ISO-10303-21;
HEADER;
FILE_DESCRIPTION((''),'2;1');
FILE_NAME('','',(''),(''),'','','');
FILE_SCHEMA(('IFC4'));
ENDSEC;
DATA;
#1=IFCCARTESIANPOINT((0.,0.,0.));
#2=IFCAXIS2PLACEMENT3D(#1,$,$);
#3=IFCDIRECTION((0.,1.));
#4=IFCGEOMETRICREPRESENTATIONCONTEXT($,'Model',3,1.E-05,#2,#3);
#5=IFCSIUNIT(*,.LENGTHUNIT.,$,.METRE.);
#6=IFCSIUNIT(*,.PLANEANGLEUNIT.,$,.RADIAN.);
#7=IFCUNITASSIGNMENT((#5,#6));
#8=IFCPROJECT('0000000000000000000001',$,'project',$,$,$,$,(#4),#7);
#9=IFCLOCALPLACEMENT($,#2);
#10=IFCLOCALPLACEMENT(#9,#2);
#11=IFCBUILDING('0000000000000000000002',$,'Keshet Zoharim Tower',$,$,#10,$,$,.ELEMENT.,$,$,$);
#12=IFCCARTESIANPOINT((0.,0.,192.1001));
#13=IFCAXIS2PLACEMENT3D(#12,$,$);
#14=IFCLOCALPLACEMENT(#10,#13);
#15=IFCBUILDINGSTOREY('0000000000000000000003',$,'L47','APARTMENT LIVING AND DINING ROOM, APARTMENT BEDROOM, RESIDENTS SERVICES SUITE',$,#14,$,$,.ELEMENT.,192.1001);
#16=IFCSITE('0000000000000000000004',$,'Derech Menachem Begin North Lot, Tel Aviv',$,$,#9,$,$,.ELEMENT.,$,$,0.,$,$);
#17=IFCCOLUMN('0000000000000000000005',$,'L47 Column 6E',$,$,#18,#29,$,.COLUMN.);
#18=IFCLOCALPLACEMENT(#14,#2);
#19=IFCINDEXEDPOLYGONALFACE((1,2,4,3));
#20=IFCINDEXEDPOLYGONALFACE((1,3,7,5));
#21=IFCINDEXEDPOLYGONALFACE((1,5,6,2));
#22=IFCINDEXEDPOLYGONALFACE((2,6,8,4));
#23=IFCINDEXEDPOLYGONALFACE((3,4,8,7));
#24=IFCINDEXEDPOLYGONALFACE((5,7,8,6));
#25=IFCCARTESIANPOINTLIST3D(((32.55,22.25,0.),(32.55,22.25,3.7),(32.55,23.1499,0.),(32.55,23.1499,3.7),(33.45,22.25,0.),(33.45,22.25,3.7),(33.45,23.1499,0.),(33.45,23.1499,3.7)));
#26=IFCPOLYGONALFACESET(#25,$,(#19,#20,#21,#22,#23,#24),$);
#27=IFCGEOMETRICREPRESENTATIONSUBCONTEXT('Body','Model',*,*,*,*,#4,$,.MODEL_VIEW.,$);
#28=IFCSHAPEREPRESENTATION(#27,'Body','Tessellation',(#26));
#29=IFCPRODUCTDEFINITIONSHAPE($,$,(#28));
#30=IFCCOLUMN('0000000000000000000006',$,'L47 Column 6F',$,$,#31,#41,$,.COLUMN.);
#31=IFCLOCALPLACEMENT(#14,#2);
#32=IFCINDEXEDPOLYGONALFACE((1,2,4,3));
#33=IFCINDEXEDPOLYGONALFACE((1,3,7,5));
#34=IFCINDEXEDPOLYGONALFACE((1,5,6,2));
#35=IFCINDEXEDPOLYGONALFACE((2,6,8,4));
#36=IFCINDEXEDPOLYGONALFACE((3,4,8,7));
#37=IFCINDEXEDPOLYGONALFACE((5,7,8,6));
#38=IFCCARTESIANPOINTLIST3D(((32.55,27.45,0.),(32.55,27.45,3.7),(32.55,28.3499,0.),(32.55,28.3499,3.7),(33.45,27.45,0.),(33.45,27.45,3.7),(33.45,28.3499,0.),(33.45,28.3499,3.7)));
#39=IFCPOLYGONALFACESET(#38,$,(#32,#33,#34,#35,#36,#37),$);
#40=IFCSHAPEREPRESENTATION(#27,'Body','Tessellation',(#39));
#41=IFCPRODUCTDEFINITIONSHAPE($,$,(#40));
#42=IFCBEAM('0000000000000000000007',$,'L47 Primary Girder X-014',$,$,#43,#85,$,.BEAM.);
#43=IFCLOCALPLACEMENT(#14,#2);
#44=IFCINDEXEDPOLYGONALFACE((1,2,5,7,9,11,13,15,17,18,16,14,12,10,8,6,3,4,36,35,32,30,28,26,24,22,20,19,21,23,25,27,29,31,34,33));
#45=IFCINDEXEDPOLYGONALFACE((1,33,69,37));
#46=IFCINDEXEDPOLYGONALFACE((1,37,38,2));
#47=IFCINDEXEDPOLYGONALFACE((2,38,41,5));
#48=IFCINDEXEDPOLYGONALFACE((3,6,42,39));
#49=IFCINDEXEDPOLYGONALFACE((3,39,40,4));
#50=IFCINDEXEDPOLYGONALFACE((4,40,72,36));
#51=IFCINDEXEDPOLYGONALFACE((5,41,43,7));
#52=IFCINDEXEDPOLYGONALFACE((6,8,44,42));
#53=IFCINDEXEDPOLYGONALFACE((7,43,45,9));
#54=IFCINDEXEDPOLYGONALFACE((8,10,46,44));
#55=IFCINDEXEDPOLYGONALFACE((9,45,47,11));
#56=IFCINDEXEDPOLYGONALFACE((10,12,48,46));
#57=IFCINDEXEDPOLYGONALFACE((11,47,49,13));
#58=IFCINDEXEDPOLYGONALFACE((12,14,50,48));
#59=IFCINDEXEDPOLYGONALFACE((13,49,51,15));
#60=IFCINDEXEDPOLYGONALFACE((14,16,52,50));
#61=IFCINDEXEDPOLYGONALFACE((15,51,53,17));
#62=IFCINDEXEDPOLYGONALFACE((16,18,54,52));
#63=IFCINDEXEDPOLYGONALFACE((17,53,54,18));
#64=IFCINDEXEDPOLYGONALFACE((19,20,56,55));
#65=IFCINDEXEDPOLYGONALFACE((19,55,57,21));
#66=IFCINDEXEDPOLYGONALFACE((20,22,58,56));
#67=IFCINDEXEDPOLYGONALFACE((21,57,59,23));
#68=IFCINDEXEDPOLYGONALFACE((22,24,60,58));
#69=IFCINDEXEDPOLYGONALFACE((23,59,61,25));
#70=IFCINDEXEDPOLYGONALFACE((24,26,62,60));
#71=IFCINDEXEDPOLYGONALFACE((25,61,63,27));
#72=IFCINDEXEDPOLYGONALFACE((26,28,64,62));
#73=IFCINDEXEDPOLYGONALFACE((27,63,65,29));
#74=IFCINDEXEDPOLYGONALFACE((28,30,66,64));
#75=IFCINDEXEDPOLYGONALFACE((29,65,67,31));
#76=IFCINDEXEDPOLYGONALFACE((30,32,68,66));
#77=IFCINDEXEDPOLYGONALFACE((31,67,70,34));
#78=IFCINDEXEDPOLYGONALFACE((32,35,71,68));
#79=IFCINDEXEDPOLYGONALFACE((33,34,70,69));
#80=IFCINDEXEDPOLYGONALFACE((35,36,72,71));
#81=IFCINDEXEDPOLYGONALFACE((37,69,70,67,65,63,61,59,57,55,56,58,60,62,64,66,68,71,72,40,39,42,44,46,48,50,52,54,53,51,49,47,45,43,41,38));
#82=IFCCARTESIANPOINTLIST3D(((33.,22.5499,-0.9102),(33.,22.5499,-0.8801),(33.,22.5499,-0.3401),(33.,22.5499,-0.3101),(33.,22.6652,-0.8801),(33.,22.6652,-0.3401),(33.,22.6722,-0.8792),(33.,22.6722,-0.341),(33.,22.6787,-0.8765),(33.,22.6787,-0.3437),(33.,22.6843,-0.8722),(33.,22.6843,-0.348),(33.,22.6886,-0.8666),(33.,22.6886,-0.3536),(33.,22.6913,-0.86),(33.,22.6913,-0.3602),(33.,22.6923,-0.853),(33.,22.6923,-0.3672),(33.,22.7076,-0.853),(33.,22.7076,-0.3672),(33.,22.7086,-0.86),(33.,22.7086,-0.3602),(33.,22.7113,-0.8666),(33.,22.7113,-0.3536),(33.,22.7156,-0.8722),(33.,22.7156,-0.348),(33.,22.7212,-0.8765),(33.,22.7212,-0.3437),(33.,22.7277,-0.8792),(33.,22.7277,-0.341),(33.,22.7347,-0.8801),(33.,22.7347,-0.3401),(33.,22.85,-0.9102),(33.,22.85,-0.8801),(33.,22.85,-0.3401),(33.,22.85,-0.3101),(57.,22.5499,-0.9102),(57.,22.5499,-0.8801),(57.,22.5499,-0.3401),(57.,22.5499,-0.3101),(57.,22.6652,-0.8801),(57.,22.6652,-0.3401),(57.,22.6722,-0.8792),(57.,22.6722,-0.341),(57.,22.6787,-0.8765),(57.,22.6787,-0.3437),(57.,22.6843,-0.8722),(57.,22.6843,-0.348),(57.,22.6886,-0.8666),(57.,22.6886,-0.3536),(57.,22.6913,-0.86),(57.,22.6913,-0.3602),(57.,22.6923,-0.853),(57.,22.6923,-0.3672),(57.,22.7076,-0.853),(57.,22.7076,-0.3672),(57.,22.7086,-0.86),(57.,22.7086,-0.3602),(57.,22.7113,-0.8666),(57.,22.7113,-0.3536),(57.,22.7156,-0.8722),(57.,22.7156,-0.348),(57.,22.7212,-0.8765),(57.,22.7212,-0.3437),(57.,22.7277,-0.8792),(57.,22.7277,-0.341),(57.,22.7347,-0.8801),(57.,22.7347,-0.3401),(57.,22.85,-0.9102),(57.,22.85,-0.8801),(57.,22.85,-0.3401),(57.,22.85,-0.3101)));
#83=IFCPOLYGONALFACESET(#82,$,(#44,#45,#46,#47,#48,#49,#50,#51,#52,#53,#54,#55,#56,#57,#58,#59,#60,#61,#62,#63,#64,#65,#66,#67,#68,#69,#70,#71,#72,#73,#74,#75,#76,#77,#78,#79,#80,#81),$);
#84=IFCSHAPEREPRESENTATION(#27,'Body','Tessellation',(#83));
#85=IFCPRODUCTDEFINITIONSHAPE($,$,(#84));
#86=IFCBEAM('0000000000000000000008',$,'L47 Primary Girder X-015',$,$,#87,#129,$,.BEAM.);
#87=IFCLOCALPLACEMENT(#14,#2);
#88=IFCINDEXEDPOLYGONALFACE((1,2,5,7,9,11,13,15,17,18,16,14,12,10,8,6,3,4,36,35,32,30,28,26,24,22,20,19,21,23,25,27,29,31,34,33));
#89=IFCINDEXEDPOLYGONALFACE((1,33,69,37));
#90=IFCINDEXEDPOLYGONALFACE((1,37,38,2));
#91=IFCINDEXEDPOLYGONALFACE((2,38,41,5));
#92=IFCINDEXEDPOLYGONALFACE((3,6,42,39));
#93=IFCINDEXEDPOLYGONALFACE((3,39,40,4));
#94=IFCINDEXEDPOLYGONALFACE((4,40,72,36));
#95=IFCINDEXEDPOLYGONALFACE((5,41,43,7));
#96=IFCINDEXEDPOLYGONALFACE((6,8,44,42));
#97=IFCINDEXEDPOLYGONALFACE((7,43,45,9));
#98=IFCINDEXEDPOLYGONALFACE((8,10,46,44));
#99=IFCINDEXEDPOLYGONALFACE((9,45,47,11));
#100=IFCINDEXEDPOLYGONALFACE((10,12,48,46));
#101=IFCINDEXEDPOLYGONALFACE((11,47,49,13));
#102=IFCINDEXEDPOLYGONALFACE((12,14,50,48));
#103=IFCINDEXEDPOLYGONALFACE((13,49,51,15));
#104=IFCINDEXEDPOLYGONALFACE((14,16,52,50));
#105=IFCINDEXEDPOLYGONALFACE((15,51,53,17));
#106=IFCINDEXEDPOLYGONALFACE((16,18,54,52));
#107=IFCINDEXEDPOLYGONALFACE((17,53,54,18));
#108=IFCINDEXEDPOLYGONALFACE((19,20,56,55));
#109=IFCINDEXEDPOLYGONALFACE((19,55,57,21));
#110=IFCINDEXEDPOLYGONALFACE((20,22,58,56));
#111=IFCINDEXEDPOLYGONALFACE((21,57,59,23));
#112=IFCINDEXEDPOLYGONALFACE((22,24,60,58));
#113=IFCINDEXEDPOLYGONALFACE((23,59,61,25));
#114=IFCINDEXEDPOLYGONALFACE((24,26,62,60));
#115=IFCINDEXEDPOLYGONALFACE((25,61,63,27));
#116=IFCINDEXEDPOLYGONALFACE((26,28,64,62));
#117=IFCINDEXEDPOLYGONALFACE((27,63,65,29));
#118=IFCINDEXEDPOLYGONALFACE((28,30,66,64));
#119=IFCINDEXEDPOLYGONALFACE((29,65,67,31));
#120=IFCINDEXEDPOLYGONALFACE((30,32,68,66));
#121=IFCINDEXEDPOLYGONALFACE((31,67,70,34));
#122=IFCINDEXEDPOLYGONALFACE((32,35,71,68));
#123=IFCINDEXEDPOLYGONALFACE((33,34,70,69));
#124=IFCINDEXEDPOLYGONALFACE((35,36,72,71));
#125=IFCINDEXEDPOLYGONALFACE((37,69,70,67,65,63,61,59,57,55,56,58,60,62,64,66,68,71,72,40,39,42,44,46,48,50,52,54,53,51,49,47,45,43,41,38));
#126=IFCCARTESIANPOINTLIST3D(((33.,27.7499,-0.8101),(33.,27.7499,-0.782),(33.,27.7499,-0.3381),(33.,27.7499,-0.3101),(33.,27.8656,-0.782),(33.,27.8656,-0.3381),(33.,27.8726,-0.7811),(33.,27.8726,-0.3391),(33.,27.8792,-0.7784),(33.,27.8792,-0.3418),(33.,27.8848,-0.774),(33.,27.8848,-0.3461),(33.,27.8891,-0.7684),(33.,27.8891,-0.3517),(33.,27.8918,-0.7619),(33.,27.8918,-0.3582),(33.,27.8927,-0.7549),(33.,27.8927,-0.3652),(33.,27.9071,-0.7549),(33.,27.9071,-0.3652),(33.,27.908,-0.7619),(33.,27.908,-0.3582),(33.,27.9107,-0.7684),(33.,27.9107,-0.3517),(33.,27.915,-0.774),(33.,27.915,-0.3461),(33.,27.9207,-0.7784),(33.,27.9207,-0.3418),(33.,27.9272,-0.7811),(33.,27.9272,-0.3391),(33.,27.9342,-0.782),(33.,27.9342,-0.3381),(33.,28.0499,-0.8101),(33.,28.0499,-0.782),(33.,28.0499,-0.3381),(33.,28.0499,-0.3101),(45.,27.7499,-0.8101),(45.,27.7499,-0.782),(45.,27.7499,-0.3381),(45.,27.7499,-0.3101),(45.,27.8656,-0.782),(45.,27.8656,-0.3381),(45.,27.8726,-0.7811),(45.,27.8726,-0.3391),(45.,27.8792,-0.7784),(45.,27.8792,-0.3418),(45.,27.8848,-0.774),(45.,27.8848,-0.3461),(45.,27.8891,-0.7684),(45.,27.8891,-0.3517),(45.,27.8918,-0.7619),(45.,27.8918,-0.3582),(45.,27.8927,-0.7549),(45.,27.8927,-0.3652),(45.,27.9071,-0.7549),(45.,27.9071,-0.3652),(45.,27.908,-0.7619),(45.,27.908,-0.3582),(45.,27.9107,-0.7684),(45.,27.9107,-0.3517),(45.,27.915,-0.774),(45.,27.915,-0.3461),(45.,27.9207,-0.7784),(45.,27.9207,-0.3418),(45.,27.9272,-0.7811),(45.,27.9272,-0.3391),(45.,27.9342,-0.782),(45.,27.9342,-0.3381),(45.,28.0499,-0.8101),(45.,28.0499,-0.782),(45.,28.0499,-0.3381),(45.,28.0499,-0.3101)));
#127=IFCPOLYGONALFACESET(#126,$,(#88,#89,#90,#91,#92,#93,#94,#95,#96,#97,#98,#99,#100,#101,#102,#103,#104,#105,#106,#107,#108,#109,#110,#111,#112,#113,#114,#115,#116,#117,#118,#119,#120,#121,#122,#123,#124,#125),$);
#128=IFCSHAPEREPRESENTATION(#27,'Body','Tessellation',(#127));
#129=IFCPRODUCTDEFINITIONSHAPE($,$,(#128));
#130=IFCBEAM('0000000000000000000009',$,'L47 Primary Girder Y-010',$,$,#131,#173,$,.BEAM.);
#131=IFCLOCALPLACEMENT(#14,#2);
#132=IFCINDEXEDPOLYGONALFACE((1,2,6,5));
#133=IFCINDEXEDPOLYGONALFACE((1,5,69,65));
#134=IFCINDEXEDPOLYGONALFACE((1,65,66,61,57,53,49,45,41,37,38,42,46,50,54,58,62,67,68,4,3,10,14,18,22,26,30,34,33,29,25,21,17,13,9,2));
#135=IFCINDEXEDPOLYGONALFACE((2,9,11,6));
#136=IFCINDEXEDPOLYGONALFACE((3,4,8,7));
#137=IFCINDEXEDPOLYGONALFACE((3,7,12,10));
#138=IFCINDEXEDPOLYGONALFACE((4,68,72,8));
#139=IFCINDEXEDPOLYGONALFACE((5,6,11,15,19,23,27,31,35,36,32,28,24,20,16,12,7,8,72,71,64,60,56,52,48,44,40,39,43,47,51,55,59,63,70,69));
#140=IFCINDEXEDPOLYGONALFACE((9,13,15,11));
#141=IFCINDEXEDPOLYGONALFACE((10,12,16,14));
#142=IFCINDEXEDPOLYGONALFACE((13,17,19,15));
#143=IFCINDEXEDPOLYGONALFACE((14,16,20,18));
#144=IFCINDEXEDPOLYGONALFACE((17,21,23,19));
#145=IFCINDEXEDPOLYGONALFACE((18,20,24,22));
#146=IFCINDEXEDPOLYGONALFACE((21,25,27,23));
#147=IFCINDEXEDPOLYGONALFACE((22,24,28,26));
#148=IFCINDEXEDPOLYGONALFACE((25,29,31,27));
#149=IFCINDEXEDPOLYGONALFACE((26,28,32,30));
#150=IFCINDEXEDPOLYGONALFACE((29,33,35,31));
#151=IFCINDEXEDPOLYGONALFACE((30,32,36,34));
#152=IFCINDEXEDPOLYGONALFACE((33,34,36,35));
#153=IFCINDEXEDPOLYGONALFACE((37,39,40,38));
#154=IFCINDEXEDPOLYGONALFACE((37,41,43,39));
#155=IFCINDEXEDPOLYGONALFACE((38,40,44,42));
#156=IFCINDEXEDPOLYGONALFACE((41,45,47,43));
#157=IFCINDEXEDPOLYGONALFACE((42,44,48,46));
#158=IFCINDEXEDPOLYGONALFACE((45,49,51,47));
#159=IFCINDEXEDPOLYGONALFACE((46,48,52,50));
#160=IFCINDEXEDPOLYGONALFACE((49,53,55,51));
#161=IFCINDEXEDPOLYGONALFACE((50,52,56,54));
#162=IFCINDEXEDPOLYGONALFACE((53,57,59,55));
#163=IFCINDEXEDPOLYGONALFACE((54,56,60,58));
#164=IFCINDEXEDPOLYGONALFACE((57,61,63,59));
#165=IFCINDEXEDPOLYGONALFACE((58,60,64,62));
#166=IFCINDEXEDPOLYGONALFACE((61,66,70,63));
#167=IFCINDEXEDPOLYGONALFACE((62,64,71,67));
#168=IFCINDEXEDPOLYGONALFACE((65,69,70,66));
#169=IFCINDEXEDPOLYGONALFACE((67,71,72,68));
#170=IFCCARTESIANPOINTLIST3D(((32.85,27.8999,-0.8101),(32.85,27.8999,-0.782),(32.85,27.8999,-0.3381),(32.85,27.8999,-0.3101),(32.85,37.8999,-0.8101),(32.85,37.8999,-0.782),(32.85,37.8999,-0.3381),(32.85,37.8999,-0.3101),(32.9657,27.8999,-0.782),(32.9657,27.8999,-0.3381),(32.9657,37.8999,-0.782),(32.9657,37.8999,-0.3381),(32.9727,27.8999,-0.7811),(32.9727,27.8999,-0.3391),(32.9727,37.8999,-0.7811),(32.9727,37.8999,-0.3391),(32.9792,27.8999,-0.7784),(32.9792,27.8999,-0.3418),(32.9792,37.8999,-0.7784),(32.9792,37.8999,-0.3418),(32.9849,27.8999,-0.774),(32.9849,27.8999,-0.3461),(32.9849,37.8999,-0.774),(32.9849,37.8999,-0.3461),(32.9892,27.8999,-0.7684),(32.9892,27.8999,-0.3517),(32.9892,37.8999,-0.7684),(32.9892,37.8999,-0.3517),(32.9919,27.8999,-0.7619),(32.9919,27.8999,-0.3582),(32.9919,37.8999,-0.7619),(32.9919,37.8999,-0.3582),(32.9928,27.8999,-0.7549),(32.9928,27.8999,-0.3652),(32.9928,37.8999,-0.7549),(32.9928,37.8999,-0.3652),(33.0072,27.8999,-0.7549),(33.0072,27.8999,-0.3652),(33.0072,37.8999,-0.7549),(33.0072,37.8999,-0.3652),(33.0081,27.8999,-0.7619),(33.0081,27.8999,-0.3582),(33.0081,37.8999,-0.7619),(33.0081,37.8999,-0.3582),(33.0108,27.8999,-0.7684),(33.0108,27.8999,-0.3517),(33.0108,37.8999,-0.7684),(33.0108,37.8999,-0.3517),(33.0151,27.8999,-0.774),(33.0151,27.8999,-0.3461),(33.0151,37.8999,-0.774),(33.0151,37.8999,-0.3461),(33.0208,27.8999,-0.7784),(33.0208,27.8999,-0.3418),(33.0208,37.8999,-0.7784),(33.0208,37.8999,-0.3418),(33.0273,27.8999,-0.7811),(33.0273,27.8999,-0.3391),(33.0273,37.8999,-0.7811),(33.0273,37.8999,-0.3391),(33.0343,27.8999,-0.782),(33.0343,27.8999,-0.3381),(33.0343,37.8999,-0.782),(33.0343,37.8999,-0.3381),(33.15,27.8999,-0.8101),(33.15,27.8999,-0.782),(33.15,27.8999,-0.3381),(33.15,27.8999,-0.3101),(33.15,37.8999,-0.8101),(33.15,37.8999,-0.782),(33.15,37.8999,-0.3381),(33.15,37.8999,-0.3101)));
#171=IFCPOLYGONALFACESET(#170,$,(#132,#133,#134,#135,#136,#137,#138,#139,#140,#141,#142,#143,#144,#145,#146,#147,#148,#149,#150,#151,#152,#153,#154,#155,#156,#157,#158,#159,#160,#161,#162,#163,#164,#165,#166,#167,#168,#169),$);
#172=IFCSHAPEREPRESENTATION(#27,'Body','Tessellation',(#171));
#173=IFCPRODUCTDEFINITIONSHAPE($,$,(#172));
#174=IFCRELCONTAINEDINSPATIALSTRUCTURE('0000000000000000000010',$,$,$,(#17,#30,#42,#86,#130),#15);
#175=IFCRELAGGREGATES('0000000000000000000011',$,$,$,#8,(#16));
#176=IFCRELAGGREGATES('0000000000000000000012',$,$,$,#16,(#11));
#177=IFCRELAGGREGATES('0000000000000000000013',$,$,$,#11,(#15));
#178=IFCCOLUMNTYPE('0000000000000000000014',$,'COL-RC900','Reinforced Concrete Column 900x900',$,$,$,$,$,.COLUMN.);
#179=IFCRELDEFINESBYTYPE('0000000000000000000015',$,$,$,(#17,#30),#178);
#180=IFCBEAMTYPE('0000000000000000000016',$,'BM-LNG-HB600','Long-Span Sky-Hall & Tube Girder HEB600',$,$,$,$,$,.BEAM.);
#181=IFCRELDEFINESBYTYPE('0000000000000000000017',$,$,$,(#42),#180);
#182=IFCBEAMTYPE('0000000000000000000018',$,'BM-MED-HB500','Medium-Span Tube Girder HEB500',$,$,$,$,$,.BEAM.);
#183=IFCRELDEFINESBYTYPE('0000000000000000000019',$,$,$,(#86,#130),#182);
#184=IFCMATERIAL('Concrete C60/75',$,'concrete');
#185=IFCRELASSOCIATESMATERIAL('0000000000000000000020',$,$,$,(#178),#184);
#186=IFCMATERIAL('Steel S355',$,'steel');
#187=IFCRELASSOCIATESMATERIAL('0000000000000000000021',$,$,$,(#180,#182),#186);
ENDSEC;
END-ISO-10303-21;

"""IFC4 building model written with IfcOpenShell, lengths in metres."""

from ifc_helpers import new_model, si_unit, direction, frame, origin, origin_2d, place, context, subcontext, project, spatial, rectangle, i_section, extrude, material, material_profile, profile_set, type_object, element, save


model = new_model("IFC4")

# Units and contexts
model_context = context("Model", 3, precision=1e-05, world=origin(), true_north=direction((0.0, 1.0)))
body_context = subcontext(model_context, "Body", "Model", "MODEL_VIEW")
ifc_project = project(units=[si_unit("LENGTHUNIT", "METRE"), si_unit("PLANEANGLEUNIT", "RADIAN")], contexts=[model_context])

# Site, building, storey
site_placement = place(None, origin())
site = spatial("IfcSite", under=ifc_project, at=site_placement, Name="Derech Menachem Begin North Lot, Tel Aviv", CompositionType="ELEMENT", RefElevation=0.0)
building_placement = place(site_placement, origin())
building = spatial("IfcBuilding", under=site, at=building_placement, Name="Keshet Zoharim Tower", CompositionType="ELEMENT")
storey_placement = place(building_placement, frame((0.0, 0.0, 192.1001)))
storey = spatial("IfcBuildingStorey", under=building, at=storey_placement, Name="L47", Description="APARTMENT LIVING AND DINING ROOM, APARTMENT BEDROOM, RESIDENTS SERVICES SUITE", CompositionType="ELEMENT", Elevation=192.1001)

# Columns
ifc_material_1 = material(Name="Concrete C60/75", Category="concrete")
ifc_material_profile_1 = material_profile(ifc_material_1, rectangle(XDim=0.8999, YDim=0.8999, at=origin_2d()), Name="RC900x900")
ifc_profile_set_1 = profile_set([ifc_material_profile_1], Name="Concrete C60/75")
column_type = type_object("IfcColumnType", Name="COL-RC900", Description="Reinforced Concrete Column 900x900", PredefinedType="COLUMN", material=ifc_profile_set_1)
for number, where, z_axis, x_axis, name in (
    (1, (33.0, 22.7, 0.0), (0.0, 0.0, 1.0), (1.0, 0.0, 0.0), "L47 Column 6E"),
    (2, (33.0, 27.8999, 0.0), (0.0, 0.0, 1.0), (1.0, 0.0, 0.0), "L47 Column 6F"),
):
    element("IfcColumn", number, at=place(storey_placement, frame(where, z_axis=z_axis, x_axis=x_axis)), inside=storey, type_object=column_type, Name=name, PredefinedType="COLUMN", context=body_context, shape_type="SweptSolid", body=[
        extrude(rectangle(XDim=0.8999, YDim=0.8999, at=origin_2d()), origin(), (0.0, 0.0, 1.0), 3.7),
    ])

# Beams
ifc_material_2 = material(Name="Steel S355", Category="steel")
ifc_material_profile_2 = material_profile(ifc_material_2, i_section(OverallWidth=0.3, OverallDepth=0.6001, WebThickness=0.0154, FlangeThickness=0.03, FilletRadius=0.0271, at=origin_2d()), Name="HEB600")
ifc_profile_set_2 = profile_set([ifc_material_profile_2], Name="Steel S355")
beam_type_1 = type_object("IfcBeamType", Name="BM-LNG-HB600", Description="Long-Span Sky-Hall & Tube Girder HEB600", PredefinedType="BEAM", material=ifc_profile_set_2)
beam_1_placement = place(storey_placement, frame((33.0, 22.7, -0.6101), z_axis=(1.0, 0.0, 0.0), x_axis=(0.0, 1.0, 0.0)))
element("IfcBeam", 3, at=beam_1_placement, inside=storey, type_object=beam_type_1, Name="L47 Primary Girder X-014", PredefinedType="BEAM", context=body_context, shape_type="SweptSolid", body=[
    extrude(i_section(OverallWidth=0.3, OverallDepth=0.6001, WebThickness=0.0154, FlangeThickness=0.03, FilletRadius=0.0271, at=origin_2d()), origin(), (0.0, 0.0, 1.0), 24.0),
])
ifc_material_profile_3 = material_profile(ifc_material_2, i_section(OverallWidth=0.3, OverallDepth=0.5, WebThickness=0.0144, FlangeThickness=0.0281, FilletRadius=0.0271, at=origin_2d()), Name="HEB500")
ifc_profile_set_3 = profile_set([ifc_material_profile_3], Name="Steel S355")
beam_type_2 = type_object("IfcBeamType", Name="BM-MED-HB500", Description="Medium-Span Tube Girder HEB500", PredefinedType="BEAM", material=ifc_profile_set_3)
beam_2_placement = place(storey_placement, frame((33.0, 27.8999, -0.5601), z_axis=(1.0, 0.0, 0.0), x_axis=(0.0, 1.0, 0.0)))
element("IfcBeam", 4, at=beam_2_placement, inside=storey, type_object=beam_type_2, Name="L47 Primary Girder X-015", PredefinedType="BEAM", context=body_context, shape_type="SweptSolid", body=[
    extrude(i_section(OverallWidth=0.3, OverallDepth=0.5, WebThickness=0.0144, FlangeThickness=0.0281, FilletRadius=0.0271, at=origin_2d()), origin(), (0.0, 0.0, 1.0), 12.0),
])
beam_3_placement = place(storey_placement, frame((33.0, 27.8999, -0.5601), z_axis=(0.0, 1.0, 0.0), x_axis=(-1.0, 0.0, 0.0)))
element("IfcBeam", 5, at=beam_3_placement, inside=storey, type_object=beam_type_2, Name="L47 Primary Girder Y-010", PredefinedType="BEAM", context=body_context, shape_type="SweptSolid", body=[
    extrude(i_section(OverallWidth=0.3, OverallDepth=0.5, WebThickness=0.0144, FlangeThickness=0.0281, FilletRadius=0.0271, at=origin_2d()), origin(), (0.0, 0.0, 1.0), 10.0),
])

save(model, "model.ifc")
